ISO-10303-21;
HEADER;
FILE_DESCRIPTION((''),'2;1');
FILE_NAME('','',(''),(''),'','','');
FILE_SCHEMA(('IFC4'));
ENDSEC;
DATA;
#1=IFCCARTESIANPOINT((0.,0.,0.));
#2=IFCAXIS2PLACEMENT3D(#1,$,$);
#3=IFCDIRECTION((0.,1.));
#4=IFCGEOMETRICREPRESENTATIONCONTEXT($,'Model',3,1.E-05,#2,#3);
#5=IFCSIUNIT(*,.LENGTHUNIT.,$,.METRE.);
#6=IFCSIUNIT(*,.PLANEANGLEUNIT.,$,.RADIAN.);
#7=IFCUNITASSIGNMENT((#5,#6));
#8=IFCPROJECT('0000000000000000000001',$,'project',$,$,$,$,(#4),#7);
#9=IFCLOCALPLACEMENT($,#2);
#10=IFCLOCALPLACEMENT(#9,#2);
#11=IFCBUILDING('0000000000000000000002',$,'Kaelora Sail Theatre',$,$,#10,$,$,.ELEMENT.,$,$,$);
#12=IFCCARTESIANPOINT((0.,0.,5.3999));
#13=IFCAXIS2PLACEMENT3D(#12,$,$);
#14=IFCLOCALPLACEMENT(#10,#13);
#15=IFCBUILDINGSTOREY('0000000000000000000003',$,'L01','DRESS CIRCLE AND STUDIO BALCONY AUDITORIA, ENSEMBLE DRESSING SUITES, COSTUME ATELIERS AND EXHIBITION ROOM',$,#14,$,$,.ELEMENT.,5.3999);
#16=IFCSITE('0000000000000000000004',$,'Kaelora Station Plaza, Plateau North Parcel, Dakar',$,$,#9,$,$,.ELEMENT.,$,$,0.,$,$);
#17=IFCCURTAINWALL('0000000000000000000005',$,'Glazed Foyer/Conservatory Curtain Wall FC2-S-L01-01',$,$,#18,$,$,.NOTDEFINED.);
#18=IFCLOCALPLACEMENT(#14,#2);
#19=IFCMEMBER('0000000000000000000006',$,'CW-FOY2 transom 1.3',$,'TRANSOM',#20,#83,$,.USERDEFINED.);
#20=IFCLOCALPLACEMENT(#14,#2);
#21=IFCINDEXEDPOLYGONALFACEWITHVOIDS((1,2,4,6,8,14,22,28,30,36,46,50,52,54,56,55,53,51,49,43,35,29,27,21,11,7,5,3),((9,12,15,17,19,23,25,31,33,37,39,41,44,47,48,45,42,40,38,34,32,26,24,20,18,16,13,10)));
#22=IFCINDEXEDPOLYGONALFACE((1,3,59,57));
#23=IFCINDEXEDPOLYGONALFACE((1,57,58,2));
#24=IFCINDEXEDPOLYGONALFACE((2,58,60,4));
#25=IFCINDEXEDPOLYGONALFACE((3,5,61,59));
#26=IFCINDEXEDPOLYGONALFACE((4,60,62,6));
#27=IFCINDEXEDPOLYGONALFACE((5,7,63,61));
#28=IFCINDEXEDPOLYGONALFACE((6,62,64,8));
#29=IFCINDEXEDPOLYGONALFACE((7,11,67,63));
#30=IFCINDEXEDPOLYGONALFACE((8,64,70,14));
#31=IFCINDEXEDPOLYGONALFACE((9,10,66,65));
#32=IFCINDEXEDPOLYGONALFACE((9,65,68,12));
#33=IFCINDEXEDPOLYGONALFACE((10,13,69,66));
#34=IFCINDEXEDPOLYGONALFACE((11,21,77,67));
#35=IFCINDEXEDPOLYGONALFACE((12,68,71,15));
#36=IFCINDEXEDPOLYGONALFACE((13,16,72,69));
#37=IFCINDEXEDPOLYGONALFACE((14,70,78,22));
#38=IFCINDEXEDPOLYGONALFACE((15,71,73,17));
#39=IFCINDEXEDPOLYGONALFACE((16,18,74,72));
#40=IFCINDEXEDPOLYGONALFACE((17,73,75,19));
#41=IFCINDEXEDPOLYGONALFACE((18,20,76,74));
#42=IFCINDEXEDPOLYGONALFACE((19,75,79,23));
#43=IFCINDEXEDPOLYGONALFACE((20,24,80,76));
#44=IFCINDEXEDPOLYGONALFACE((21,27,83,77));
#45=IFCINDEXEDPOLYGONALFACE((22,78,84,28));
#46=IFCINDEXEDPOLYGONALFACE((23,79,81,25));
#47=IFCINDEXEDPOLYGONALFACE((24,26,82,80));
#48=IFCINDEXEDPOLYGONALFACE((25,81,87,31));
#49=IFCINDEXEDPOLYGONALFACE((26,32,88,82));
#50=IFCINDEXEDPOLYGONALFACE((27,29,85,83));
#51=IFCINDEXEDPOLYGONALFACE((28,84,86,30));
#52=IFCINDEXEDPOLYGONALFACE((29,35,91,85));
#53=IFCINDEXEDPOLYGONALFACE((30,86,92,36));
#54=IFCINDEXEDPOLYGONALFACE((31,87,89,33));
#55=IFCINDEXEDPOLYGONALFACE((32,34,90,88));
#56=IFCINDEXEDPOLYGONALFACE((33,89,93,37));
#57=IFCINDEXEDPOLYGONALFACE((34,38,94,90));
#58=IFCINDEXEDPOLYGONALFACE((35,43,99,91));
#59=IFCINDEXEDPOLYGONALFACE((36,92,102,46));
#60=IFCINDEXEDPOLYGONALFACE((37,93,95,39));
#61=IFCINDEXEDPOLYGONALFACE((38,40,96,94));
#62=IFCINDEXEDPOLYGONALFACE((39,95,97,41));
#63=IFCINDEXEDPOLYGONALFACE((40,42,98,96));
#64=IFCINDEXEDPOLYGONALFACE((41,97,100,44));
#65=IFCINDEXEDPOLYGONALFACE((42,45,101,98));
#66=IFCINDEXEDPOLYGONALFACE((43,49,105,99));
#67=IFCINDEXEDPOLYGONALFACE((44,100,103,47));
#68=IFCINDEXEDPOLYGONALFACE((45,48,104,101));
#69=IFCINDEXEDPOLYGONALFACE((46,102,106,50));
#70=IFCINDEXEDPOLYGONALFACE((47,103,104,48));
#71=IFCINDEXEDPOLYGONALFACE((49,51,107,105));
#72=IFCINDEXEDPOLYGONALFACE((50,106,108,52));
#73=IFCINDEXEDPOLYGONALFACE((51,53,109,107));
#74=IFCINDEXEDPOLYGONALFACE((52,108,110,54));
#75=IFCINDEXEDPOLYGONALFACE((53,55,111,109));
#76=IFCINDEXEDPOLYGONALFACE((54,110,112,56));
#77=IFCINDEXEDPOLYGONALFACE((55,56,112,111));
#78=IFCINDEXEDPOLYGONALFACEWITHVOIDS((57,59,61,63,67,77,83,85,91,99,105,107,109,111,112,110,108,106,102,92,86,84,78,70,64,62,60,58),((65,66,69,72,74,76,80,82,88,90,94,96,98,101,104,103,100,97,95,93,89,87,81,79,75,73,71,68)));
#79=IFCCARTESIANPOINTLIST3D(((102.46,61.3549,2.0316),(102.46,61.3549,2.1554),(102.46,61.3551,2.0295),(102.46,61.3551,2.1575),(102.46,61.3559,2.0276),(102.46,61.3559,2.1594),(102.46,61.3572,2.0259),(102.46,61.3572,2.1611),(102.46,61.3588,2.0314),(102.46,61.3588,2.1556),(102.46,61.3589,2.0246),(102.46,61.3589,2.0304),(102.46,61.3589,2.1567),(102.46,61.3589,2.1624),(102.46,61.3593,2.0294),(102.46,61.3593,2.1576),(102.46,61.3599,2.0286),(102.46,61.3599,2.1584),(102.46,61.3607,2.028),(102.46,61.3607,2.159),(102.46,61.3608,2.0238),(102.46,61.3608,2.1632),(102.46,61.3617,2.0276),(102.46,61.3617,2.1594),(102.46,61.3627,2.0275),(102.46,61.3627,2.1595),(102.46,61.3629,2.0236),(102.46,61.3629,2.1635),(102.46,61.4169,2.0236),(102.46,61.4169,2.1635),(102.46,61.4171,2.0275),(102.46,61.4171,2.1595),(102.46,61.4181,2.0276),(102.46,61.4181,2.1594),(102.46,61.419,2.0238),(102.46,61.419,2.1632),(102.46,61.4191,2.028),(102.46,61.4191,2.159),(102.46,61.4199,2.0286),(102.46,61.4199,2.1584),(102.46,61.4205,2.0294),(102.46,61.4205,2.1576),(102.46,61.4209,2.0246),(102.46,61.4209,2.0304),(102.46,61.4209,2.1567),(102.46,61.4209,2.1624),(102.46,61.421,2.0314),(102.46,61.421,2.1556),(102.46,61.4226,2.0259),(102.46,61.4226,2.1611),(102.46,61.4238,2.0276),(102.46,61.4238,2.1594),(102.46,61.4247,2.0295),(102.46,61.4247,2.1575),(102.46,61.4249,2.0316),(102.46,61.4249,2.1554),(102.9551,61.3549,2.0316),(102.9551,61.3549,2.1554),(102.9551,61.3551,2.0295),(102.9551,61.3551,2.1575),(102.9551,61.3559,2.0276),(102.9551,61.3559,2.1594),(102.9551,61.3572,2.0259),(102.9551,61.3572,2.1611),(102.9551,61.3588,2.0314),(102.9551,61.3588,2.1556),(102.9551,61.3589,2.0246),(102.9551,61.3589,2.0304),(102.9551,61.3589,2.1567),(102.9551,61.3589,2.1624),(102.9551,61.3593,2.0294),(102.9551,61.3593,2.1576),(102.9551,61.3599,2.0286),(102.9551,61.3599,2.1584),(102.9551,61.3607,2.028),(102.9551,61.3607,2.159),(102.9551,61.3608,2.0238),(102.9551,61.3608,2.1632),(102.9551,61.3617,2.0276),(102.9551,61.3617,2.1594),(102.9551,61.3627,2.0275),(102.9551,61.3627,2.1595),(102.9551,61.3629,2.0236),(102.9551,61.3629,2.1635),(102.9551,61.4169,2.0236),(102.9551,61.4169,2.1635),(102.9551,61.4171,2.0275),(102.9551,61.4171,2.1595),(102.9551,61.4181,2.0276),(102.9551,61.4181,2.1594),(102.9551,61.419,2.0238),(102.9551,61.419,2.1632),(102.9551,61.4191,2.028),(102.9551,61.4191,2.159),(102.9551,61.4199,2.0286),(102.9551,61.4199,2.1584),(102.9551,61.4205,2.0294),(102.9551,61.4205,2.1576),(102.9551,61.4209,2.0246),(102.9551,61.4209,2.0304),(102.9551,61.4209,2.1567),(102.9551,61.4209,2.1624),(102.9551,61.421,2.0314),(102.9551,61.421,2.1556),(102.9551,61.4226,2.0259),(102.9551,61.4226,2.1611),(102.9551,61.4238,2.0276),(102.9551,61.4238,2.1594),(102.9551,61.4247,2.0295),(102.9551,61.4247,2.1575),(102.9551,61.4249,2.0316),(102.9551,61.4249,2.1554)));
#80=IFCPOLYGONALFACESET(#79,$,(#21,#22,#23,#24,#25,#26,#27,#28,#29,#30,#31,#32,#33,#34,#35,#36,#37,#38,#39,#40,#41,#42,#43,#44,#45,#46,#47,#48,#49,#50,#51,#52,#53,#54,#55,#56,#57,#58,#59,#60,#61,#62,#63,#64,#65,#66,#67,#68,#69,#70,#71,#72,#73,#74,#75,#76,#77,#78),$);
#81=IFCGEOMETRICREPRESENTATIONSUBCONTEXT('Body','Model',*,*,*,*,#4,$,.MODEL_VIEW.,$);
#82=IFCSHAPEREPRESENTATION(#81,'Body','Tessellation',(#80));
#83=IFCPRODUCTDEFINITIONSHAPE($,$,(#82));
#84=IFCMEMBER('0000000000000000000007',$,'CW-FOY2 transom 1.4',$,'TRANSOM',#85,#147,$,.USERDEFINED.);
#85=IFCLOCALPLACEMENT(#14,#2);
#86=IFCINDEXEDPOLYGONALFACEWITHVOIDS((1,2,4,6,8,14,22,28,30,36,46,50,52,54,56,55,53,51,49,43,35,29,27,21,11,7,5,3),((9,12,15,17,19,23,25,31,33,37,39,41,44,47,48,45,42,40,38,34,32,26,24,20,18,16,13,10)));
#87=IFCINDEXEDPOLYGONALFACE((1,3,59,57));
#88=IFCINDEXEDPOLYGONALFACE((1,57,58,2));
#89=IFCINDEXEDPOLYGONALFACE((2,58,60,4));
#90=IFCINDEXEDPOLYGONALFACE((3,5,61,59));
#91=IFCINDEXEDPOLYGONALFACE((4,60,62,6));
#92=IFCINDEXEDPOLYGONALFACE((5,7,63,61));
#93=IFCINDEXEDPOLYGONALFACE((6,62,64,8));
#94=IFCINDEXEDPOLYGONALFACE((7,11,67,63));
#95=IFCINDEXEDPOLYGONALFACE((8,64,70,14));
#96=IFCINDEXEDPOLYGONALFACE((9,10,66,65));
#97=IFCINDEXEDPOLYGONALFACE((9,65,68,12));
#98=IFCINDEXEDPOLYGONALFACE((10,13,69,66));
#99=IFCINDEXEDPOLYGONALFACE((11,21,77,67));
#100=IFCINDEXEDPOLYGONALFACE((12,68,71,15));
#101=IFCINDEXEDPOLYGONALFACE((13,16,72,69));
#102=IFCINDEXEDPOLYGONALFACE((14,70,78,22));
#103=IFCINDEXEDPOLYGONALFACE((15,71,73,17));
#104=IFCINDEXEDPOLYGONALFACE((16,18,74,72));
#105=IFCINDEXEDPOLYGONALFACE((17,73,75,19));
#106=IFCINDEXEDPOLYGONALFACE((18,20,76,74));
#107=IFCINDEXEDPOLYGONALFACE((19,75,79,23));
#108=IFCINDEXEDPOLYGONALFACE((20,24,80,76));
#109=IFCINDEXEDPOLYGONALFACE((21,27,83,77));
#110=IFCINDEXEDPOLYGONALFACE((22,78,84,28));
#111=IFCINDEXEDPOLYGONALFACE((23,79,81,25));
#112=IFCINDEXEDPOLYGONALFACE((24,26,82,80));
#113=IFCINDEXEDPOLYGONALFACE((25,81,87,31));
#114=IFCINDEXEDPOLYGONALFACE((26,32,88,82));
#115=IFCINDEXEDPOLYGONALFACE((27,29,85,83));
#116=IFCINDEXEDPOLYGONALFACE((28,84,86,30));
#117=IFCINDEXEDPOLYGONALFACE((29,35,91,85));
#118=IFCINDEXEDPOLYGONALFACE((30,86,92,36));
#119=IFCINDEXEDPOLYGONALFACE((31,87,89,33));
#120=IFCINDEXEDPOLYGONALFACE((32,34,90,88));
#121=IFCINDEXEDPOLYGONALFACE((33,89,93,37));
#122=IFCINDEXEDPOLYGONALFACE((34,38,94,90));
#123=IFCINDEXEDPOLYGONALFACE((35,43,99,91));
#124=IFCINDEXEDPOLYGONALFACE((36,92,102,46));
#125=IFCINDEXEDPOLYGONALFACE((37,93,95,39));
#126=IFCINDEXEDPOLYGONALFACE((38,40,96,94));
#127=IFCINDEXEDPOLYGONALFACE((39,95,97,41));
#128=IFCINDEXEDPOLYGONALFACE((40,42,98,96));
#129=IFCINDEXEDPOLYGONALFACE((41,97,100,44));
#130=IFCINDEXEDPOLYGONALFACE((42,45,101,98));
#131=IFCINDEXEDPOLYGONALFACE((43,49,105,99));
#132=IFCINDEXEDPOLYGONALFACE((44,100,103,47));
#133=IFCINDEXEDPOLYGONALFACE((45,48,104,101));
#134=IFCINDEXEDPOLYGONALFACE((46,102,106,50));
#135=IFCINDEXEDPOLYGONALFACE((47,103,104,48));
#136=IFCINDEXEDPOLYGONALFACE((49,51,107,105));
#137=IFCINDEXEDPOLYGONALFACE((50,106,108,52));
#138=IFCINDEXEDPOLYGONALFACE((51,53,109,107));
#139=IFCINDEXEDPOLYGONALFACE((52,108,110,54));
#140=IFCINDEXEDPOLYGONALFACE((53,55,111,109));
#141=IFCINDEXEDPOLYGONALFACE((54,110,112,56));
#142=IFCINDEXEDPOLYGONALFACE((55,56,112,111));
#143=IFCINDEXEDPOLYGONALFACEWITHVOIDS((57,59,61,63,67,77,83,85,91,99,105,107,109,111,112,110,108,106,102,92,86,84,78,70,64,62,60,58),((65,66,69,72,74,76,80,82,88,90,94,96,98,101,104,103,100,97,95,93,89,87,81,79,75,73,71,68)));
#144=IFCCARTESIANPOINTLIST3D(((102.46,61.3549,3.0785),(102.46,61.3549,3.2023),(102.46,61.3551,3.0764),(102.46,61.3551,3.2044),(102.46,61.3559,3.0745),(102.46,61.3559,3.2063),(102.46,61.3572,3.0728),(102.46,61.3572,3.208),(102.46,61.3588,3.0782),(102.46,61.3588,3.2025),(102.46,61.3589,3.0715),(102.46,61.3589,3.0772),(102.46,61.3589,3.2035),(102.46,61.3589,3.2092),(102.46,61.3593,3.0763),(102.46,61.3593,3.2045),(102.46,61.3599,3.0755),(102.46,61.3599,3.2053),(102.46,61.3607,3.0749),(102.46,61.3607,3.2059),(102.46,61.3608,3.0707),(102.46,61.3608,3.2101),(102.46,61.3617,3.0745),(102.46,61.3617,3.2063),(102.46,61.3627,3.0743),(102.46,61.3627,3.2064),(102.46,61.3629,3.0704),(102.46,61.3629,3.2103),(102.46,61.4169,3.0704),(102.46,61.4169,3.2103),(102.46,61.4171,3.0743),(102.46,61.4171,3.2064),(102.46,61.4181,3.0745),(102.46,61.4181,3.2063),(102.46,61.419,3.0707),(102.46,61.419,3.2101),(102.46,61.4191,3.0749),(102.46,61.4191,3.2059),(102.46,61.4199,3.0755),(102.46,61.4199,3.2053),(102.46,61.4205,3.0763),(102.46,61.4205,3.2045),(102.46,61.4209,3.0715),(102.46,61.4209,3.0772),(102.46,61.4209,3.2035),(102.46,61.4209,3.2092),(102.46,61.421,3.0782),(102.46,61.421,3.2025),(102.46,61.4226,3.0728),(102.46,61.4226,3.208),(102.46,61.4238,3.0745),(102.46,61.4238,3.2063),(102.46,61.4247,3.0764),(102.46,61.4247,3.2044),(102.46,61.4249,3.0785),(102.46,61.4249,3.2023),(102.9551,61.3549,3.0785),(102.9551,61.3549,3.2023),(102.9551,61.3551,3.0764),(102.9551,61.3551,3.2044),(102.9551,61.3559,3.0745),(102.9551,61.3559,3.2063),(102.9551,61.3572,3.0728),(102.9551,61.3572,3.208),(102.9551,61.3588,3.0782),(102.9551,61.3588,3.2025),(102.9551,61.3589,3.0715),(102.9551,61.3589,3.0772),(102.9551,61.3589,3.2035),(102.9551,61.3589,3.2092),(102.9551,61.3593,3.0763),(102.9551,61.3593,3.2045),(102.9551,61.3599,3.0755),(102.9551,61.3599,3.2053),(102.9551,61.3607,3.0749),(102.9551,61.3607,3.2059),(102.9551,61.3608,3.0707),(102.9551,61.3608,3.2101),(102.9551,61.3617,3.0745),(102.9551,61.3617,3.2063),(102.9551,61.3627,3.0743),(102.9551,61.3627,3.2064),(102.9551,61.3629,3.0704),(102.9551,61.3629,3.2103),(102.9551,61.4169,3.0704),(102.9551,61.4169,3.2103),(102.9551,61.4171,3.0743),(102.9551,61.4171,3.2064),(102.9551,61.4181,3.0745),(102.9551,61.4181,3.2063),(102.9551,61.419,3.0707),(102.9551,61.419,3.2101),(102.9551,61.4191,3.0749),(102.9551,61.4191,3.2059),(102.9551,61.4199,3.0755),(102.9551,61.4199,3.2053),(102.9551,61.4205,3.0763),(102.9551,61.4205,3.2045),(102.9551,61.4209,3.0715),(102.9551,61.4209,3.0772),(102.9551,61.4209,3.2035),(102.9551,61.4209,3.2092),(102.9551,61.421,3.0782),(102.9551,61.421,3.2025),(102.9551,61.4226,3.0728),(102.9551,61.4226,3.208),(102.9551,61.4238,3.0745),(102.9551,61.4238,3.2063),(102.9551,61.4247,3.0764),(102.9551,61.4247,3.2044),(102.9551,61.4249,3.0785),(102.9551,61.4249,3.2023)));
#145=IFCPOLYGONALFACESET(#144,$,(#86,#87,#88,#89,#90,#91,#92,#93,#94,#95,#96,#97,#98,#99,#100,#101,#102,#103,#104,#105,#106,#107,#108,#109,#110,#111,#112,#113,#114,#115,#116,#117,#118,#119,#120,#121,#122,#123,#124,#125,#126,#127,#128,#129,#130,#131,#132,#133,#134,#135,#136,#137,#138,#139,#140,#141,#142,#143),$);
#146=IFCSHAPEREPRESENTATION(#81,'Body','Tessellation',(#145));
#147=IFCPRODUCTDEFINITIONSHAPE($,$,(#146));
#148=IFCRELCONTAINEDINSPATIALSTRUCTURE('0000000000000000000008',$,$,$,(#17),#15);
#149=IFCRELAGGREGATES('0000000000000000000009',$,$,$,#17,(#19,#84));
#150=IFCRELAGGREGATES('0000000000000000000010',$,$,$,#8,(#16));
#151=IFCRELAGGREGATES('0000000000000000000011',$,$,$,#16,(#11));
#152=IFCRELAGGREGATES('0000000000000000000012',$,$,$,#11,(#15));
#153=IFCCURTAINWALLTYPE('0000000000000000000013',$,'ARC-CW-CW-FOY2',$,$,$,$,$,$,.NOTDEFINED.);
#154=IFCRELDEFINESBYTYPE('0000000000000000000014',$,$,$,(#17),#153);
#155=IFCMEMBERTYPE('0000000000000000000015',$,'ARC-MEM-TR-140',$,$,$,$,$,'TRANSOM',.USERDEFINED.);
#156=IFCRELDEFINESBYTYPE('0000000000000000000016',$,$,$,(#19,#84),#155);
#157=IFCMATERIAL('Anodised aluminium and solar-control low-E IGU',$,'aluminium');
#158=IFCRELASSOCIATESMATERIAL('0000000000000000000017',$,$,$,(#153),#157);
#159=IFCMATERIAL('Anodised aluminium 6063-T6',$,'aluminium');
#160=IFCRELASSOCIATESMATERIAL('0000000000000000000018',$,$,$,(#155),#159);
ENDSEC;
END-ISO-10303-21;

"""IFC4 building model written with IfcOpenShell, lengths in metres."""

from ifc_helpers import new_model, si_unit, direction, frame, origin, origin_2d, place, context, subcontext, project, spatial, hollow_rectangle, extrude, material, material_profile, profile_set, type_object, element, aggregate, save


model = new_model("IFC4")

# Units and contexts
model_context = context("Model", 3, precision=1e-05, world=origin(), true_north=direction((0.0, 1.0)))
body_context = subcontext(model_context, "Body", "Model", "MODEL_VIEW")
ifc_project = project(units=[si_unit("LENGTHUNIT", "METRE"), si_unit("PLANEANGLEUNIT", "RADIAN")], contexts=[model_context])

# Site, building, storey
site_placement = place(None, origin())
site = spatial("IfcSite", under=ifc_project, at=site_placement, Name="Kaelora Station Plaza, Plateau North Parcel, Dakar", CompositionType="ELEMENT", RefElevation=0.0)
building_placement = place(site_placement, origin())
building = spatial("IfcBuilding", under=site, at=building_placement, Name="Kaelora Sail Theatre", CompositionType="ELEMENT")
storey_placement = place(building_placement, frame((0.0, 0.0, 5.3999)))
storey = spatial("IfcBuildingStorey", under=building, at=storey_placement, Name="L01", Description="DRESS CIRCLE AND STUDIO BALCONY AUDITORIA, ENSEMBLE DRESSING SUITES, COSTUME ATELIERS AND EXHIBITION ROOM", CompositionType="ELEMENT", Elevation=5.3999)

# Curtain wall
ifc_material_1 = material(Name="Anodised aluminium and solar-control low-E IGU", Category="aluminium")
curtain_wall_type = type_object("IfcCurtainWallType", Name="ARC-CW-CW-FOY2", PredefinedType="NOTDEFINED", material=ifc_material_1)
curtain_wall_1_placement = place(storey_placement, origin())
curtain_wall_1 = element("IfcCurtainWall", 1, at=curtain_wall_1_placement, inside=storey, type_object=curtain_wall_type, Name="Glazed Foyer/Conservatory Curtain Wall FC2-S-L01-01", PredefinedType="NOTDEFINED")

# Members
ifc_material_2 = material(Name="Anodised aluminium 6063-T6", Category="aluminium")
ifc_material_profile_1 = material_profile(ifc_material_2, hollow_rectangle(XDim=0.0701, YDim=0.1399, WallThickness=0.0039, InnerFilletRadius=0.0039, OuterFilletRadius=0.0081, at=origin_2d()), Name="ALU-TRAN 70x140x4")
ifc_profile_set_1 = profile_set([ifc_material_profile_1], Name="Anodised aluminium 6063-T6")
member_type_1 = type_object("IfcMemberType", Name="ARC-MEM-TR-140", ElementType="TRANSOM", PredefinedType="USERDEFINED", material=ifc_profile_set_1)
member_1_placement = place(storey_placement, frame((102.46, 61.3899, 2.0935), z_axis=(1.0, 0.0, 0.0), x_axis=(0.0, 1.0, 0.0)))
member_1 = element("IfcMember", 2, at=member_1_placement, type_object=member_type_1, Name="CW-FOY2 transom 1.3", ObjectType="TRANSOM", PredefinedType="USERDEFINED", context=body_context, shape_type="SweptSolid", body=[
    extrude(hollow_rectangle(XDim=0.0701, YDim=0.1399, WallThickness=0.0039, InnerFilletRadius=0.0039, OuterFilletRadius=0.0081, at=origin_2d()), origin(), (0.0, 0.0, 1.0), 0.4951),
])
member_2_placement = place(storey_placement, frame((102.46, 61.3899, 3.1404), z_axis=(1.0, 0.0, 0.0), x_axis=(0.0, 1.0, 0.0)))
member_2 = element("IfcMember", 3, at=member_2_placement, type_object=member_type_1, Name="CW-FOY2 transom 1.4", ObjectType="TRANSOM", PredefinedType="USERDEFINED", context=body_context, shape_type="SweptSolid", body=[
    extrude(hollow_rectangle(XDim=0.0701, YDim=0.1399, WallThickness=0.0039, InnerFilletRadius=0.0039, OuterFilletRadius=0.0081, at=origin_2d()), origin(), (0.0, 0.0, 1.0), 0.4951),
])

aggregate(curtain_wall_1, [member_1, member_2])

save(model, "model.ifc")
